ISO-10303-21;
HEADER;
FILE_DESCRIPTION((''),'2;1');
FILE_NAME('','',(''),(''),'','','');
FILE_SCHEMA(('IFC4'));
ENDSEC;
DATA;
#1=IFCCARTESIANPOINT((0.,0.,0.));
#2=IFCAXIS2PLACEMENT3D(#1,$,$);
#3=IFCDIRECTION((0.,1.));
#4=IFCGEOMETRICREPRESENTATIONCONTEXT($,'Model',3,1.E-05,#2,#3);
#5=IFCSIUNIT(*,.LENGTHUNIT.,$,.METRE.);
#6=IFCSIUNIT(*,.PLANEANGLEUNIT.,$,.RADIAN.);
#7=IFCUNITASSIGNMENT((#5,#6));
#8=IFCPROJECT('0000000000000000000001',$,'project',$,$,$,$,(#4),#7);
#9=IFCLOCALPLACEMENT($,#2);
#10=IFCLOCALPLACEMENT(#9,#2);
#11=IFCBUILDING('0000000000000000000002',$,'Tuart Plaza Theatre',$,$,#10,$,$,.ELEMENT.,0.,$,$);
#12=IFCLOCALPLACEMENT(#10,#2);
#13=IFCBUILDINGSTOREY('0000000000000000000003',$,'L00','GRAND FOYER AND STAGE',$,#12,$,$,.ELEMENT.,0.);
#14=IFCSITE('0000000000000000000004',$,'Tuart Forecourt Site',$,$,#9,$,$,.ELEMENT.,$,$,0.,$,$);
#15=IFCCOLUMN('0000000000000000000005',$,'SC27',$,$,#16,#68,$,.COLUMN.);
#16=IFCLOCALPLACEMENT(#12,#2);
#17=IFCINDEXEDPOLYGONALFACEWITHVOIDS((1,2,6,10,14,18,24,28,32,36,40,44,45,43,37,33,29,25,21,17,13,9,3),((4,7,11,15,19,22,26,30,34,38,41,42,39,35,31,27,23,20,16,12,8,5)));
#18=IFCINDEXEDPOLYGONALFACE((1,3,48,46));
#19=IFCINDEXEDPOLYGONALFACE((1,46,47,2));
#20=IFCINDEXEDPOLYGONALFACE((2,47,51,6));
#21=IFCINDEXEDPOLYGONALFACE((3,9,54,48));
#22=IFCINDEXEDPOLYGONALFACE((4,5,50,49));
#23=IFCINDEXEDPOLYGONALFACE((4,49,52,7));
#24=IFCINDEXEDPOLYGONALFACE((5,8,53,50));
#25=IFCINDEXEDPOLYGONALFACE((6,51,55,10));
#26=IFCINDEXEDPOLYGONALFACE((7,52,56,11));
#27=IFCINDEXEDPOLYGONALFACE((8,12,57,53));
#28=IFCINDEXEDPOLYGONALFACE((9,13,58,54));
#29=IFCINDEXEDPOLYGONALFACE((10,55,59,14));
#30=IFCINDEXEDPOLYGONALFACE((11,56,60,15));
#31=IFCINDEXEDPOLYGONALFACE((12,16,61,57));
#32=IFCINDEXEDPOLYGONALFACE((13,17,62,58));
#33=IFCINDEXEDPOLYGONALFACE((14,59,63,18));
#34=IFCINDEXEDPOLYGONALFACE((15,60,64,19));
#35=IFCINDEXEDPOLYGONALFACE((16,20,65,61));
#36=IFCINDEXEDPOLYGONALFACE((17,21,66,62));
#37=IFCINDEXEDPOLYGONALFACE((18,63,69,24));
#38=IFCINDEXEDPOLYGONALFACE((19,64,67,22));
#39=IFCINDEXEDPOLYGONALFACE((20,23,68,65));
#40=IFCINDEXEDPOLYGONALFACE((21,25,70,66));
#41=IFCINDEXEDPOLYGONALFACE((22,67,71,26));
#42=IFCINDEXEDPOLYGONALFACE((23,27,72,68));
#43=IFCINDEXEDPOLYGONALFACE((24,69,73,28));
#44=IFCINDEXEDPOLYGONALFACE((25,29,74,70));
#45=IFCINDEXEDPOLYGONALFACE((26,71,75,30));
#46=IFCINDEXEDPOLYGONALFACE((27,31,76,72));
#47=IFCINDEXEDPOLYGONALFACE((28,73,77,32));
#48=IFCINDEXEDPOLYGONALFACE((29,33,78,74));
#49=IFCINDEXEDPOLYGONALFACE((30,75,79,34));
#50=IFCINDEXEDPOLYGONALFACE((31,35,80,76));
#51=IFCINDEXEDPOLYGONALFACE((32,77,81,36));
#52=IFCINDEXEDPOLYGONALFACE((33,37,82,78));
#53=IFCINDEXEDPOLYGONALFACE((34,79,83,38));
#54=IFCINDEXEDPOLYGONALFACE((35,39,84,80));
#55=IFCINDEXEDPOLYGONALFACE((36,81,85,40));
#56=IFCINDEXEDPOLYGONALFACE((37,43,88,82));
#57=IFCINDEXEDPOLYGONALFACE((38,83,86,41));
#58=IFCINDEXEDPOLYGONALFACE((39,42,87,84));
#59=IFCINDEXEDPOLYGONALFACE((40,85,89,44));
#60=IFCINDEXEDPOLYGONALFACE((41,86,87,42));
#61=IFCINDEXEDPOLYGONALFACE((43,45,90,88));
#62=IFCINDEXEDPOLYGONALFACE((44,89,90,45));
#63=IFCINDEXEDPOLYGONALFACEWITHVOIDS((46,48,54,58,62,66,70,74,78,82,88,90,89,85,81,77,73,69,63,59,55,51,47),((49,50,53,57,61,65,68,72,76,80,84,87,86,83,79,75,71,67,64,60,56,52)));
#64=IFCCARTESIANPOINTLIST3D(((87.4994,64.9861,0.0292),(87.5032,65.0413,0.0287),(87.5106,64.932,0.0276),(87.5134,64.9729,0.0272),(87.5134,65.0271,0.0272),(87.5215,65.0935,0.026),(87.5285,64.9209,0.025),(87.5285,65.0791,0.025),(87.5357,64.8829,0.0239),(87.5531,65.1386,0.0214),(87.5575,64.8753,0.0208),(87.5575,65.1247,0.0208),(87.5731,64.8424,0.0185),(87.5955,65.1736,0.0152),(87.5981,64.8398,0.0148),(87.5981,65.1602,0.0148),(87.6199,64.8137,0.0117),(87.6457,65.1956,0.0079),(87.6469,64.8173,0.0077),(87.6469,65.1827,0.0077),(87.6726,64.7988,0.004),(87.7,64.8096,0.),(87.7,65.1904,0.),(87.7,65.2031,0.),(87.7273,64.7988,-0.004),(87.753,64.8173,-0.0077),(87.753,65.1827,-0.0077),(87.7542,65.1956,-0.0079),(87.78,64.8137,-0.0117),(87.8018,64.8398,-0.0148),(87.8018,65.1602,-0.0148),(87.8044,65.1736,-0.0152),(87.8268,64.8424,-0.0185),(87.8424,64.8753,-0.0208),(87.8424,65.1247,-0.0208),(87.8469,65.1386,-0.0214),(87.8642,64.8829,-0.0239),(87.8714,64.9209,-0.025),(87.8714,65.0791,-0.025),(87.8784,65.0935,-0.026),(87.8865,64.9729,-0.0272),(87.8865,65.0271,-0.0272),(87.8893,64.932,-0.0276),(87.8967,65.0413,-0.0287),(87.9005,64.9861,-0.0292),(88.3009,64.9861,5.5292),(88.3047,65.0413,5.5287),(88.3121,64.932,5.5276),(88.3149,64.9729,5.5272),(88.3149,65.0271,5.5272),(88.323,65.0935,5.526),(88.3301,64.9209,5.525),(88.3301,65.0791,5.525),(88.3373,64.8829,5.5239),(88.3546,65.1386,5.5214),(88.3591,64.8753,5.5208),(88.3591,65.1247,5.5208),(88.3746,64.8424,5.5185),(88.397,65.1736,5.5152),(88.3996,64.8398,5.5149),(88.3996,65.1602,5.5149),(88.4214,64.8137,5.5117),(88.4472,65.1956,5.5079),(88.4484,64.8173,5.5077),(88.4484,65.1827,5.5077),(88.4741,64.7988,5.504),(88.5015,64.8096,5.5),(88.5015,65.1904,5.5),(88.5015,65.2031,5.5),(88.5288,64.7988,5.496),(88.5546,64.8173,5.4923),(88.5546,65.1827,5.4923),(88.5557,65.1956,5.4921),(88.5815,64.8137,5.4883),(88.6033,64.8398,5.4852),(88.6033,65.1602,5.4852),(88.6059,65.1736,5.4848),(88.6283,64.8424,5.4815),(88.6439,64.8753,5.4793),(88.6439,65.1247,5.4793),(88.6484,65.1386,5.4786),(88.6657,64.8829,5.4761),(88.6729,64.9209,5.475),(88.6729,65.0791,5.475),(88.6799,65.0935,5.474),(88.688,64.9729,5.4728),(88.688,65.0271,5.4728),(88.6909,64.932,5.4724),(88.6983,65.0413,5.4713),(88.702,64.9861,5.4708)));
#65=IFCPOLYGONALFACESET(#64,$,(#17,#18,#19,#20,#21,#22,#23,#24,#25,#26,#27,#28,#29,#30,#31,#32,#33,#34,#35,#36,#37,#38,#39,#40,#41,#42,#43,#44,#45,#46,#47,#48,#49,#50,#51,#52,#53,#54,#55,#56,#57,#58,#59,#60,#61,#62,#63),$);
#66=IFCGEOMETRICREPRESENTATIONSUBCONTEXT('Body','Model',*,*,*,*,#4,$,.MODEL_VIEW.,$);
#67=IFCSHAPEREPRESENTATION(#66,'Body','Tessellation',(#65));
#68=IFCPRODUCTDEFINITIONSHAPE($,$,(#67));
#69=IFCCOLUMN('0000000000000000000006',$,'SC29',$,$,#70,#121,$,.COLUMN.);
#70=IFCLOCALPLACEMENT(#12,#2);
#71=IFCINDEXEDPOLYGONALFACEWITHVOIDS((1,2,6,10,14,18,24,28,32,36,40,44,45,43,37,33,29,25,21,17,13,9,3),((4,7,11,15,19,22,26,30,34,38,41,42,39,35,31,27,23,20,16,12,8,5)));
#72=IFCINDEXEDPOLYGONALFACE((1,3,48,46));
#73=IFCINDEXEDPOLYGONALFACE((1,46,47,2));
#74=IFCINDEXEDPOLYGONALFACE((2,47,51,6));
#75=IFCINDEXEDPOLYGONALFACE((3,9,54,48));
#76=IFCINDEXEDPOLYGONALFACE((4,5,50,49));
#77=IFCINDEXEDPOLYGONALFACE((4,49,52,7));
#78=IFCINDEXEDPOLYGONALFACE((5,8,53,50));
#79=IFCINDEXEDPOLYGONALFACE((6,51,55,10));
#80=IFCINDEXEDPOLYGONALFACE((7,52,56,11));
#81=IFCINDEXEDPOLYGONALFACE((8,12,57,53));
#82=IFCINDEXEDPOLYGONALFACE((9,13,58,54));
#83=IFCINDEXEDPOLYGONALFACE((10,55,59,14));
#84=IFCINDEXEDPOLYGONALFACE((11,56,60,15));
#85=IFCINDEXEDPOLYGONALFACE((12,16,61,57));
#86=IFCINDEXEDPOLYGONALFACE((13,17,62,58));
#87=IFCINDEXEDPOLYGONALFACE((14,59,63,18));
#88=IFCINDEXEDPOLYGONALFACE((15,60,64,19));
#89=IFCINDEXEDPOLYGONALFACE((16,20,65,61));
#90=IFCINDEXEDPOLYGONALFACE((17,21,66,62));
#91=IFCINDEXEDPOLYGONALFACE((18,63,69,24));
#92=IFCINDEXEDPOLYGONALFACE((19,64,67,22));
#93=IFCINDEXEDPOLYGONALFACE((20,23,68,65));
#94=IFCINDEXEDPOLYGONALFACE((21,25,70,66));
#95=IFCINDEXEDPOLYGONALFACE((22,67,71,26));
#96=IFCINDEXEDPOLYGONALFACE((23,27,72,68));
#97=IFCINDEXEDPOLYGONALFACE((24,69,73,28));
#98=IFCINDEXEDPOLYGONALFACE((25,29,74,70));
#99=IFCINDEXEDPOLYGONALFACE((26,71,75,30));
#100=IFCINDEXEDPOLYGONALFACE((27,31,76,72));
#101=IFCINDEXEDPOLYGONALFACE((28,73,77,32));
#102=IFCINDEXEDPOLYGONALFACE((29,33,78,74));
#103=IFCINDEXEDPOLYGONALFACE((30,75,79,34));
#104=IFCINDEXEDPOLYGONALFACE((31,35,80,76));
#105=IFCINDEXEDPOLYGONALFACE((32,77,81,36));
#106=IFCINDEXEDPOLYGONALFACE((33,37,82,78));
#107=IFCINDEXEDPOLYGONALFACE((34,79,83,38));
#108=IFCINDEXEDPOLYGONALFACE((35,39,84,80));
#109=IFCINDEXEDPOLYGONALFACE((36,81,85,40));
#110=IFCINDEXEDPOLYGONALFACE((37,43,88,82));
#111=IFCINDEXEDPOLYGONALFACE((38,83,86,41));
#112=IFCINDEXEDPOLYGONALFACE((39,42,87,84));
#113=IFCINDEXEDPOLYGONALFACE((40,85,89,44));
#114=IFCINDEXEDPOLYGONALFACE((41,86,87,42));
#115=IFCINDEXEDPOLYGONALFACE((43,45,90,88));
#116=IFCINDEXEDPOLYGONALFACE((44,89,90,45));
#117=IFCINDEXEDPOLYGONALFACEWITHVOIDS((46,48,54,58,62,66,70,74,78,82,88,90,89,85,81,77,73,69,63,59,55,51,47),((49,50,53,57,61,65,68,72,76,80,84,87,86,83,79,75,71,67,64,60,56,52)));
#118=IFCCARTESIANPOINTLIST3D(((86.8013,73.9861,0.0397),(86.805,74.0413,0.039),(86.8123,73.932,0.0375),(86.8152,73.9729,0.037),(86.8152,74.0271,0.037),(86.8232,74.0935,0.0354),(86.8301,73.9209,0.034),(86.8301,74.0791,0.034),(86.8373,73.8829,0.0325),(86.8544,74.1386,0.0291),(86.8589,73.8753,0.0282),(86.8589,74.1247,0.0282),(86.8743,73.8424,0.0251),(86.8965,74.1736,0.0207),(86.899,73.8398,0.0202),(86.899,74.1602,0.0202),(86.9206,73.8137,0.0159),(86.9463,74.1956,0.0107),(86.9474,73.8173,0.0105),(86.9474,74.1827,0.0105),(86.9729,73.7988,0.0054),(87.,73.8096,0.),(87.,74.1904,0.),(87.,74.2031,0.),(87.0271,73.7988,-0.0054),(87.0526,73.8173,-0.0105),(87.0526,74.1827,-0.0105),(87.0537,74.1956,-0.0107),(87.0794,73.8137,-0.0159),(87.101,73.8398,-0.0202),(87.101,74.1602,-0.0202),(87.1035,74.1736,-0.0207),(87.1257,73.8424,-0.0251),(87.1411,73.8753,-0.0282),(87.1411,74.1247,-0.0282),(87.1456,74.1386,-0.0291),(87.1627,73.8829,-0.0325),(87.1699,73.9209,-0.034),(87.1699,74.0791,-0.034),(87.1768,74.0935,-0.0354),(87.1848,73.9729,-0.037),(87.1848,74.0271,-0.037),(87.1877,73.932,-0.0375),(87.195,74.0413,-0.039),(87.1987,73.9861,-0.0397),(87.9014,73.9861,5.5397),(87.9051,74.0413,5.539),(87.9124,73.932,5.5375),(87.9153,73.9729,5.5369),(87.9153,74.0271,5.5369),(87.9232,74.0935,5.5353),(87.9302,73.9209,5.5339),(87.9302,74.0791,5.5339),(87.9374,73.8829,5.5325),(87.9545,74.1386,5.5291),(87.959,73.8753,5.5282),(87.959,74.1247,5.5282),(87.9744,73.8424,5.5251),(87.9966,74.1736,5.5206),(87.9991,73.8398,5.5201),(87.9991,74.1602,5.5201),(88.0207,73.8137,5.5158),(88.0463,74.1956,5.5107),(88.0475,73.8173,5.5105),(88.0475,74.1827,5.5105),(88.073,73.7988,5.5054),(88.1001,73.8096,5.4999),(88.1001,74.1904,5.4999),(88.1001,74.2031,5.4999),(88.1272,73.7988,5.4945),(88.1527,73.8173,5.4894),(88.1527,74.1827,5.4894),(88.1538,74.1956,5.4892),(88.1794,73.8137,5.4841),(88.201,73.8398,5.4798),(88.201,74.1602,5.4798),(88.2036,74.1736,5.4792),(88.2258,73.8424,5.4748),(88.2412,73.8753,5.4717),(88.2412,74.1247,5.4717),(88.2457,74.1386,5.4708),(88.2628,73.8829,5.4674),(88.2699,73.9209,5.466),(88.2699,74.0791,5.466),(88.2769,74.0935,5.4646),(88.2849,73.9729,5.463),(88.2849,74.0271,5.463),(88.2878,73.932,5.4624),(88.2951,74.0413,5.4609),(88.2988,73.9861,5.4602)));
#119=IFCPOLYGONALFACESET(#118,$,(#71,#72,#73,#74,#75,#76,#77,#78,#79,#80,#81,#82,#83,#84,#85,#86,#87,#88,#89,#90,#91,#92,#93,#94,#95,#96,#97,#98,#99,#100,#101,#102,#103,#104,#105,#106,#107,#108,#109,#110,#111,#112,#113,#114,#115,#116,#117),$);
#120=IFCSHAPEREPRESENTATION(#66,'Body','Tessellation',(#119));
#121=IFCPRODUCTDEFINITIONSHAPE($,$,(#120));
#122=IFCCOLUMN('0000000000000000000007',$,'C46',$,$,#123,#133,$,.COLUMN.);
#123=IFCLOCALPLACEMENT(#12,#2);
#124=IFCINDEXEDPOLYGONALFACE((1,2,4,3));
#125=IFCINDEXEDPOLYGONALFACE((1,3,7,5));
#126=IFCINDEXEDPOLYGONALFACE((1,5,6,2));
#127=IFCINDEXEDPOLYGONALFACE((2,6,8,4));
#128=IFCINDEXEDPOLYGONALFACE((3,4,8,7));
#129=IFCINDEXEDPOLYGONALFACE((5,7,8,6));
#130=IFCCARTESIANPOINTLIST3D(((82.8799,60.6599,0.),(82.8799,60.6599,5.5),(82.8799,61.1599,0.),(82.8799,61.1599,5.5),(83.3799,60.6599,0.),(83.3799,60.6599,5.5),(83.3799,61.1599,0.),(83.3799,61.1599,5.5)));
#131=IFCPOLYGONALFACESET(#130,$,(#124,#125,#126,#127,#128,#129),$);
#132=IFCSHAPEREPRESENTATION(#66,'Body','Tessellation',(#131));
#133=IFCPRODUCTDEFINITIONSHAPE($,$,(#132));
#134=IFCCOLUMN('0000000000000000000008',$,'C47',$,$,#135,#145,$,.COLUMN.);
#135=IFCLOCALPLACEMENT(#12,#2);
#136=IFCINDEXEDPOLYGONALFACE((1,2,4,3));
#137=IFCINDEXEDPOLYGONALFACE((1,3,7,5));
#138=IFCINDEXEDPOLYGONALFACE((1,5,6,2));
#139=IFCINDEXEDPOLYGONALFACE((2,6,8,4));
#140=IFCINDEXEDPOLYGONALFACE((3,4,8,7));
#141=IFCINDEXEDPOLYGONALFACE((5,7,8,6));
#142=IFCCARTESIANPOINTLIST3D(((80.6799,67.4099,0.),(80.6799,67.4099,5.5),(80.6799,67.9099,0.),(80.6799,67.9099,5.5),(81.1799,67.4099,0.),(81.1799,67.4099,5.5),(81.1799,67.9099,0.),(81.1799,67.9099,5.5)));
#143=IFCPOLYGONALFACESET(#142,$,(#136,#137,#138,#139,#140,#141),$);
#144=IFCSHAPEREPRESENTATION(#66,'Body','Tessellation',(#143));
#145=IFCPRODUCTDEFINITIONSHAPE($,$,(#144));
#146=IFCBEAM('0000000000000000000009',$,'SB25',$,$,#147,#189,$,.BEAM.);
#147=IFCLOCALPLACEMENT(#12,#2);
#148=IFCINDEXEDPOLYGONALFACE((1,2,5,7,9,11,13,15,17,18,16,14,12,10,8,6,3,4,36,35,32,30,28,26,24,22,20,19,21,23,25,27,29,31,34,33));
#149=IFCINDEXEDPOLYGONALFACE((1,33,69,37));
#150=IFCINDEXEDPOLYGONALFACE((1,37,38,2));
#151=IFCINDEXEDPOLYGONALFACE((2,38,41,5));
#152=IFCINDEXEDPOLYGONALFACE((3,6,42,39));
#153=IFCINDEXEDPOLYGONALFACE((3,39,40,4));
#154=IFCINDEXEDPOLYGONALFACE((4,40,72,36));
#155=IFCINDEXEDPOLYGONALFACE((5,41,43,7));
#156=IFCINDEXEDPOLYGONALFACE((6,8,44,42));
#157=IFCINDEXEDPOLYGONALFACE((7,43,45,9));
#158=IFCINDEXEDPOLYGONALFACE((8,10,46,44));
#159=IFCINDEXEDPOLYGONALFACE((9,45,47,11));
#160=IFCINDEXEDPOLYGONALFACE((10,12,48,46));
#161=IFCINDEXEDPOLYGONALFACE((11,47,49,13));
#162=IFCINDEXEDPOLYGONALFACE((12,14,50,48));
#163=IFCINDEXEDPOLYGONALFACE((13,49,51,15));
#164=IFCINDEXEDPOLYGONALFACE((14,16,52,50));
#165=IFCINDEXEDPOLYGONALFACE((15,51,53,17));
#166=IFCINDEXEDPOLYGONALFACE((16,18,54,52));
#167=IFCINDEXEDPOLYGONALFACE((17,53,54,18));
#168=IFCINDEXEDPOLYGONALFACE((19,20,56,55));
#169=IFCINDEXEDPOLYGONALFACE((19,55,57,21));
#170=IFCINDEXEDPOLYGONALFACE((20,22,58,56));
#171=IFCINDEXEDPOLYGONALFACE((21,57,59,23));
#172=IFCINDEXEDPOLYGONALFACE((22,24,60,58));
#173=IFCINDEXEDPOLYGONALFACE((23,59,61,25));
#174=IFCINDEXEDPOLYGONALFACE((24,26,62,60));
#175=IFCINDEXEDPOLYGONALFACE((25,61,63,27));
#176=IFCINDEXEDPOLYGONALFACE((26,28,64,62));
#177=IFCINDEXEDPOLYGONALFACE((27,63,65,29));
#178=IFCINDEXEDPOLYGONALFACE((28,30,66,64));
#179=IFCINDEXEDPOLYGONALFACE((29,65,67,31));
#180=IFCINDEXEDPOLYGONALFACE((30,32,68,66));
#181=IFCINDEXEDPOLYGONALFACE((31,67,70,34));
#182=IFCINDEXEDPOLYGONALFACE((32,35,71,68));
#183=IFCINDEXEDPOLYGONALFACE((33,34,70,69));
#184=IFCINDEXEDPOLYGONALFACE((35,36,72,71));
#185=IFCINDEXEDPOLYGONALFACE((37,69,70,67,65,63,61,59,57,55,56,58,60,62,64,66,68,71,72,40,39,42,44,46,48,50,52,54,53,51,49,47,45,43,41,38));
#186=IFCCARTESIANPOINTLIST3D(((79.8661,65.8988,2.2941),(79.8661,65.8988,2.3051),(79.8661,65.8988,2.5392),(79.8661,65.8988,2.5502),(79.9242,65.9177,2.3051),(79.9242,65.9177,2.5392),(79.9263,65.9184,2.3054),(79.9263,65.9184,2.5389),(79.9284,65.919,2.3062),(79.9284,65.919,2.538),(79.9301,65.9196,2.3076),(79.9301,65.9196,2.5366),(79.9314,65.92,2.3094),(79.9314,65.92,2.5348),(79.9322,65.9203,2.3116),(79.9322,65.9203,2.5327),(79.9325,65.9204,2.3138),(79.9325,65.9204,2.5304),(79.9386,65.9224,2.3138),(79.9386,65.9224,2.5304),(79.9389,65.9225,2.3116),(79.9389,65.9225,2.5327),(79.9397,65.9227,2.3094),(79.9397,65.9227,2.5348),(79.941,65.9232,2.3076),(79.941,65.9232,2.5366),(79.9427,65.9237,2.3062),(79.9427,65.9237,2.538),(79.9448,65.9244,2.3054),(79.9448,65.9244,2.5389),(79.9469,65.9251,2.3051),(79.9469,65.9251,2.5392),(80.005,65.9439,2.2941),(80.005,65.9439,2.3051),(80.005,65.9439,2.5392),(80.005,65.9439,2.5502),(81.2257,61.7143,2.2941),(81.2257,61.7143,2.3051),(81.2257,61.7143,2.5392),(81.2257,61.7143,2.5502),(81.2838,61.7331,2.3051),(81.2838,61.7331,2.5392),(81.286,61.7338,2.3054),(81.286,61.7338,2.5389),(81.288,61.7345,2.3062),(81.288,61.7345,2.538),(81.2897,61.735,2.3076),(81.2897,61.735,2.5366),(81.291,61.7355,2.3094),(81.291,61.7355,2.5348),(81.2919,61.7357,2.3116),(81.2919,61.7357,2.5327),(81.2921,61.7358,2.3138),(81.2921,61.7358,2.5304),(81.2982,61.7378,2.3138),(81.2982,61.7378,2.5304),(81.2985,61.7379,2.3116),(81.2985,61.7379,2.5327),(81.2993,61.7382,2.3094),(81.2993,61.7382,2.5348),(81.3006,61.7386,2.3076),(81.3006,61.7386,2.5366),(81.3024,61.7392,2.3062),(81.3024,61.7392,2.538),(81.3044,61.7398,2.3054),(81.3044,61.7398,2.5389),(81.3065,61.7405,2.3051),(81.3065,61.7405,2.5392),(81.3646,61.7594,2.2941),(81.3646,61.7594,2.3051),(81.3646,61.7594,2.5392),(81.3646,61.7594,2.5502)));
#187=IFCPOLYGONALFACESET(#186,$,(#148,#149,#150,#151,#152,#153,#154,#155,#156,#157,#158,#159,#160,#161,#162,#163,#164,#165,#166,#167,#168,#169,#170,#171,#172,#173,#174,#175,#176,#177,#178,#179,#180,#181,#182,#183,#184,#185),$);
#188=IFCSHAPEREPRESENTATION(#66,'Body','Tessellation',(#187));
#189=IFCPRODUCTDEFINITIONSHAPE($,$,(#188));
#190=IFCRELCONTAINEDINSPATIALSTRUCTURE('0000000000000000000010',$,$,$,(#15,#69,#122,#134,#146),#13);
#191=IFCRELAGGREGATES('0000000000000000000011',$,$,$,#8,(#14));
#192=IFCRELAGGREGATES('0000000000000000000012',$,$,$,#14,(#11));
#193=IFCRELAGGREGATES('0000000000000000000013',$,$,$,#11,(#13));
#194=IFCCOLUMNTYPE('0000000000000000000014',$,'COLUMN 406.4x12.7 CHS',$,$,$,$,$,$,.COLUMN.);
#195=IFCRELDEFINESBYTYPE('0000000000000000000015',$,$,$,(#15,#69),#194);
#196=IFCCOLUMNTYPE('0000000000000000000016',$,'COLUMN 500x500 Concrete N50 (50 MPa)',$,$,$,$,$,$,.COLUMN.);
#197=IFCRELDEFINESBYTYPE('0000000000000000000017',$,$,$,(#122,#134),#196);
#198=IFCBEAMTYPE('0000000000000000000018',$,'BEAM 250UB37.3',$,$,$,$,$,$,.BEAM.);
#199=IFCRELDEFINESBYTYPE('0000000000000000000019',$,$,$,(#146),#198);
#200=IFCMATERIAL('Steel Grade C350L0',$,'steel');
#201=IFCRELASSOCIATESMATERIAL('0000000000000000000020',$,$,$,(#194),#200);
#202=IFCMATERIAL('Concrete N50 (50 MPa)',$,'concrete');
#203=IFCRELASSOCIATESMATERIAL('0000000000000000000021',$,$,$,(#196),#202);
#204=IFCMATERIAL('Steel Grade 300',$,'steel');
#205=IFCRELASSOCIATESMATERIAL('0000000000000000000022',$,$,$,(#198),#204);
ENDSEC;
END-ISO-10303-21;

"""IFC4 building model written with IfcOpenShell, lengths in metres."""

from ifc_helpers import new_model, si_unit, direction, frame, origin, origin_2d, place, context, subcontext, project, spatial, rectangle, hollow_circle, i_section, extrude, material, material_profile, profile_set, type_object, element, save


model = new_model("IFC4")

# Units and contexts
model_context = context("Model", 3, precision=1e-05, world=origin(), true_north=direction((0.0, 1.0)))
body_context = subcontext(model_context, "Body", "Model", "MODEL_VIEW")
ifc_project = project(units=[si_unit("LENGTHUNIT", "METRE"), si_unit("PLANEANGLEUNIT", "RADIAN")], contexts=[model_context])

# Site, building, storey
site_placement = place(None, origin())
site = spatial("IfcSite", under=ifc_project, at=site_placement, Name="Tuart Forecourt Site", CompositionType="ELEMENT", RefElevation=0.0)
building_placement = place(site_placement, origin())
building = spatial("IfcBuilding", under=site, at=building_placement, Name="Tuart Plaza Theatre", CompositionType="ELEMENT", ElevationOfRefHeight=0.0)
storey_placement = place(building_placement, origin())
storey = spatial("IfcBuildingStorey", under=building, at=storey_placement, Name="L00", Description="GRAND FOYER AND STAGE", CompositionType="ELEMENT", Elevation=0.0)

# Columns
ifc_material_1 = material(Name="Steel Grade C350L0", Category="steel")
ifc_material_profile_1 = material_profile(ifc_material_1, hollow_circle(Radius=0.2031, WallThickness=0.0127, at=origin_2d()), Name="406.4x12.7 CHS")
ifc_profile_set_1 = profile_set([ifc_material_profile_1], Name="Steel Grade C350L0")
column_type_1 = type_object("IfcColumnType", Name="COLUMN 406.4x12.7 CHS", PredefinedType="COLUMN", material=ifc_profile_set_1)
column_1_placement = place(storey_placement, frame((87.7, 65.0, 0.0), z_axis=(0.144207, 0.0, 0.989548), x_axis=(0.0, 1.0, 0.0)))
element("IfcColumn", 1, at=column_1_placement, inside=storey, type_object=column_type_1, Name="SC27", PredefinedType="COLUMN", context=body_context, shape_type="SweptSolid", body=[
    extrude(hollow_circle(Radius=0.2031, WallThickness=0.0127, at=origin_2d()), origin(), (0.0, 0.0, 1.0), 5.5581),
])
column_2_placement = place(storey_placement, frame((87.0, 74.0, 0.0), z_axis=(0.196133, 0.0, 0.980577), x_axis=(0.0, 1.0, 0.0)))
element("IfcColumn", 2, at=column_2_placement, inside=storey, type_object=column_type_1, Name="SC29", PredefinedType="COLUMN", context=body_context, shape_type="SweptSolid", body=[
    extrude(hollow_circle(Radius=0.2031, WallThickness=0.0127, at=origin_2d()), origin(), (0.0, 0.0, 1.0), 5.6089),
])
ifc_material_2 = material(Name="Concrete N50 (50 MPa)", Category="concrete")
ifc_material_profile_2 = material_profile(ifc_material_2, rectangle(XDim=0.5, YDim=0.5, at=origin_2d()), Name="COLUMN 500x500 Concrete N50 (50 MPa)")
ifc_profile_set_2 = profile_set([ifc_material_profile_2], Name="Concrete N50 (50 MPa)")
column_type_2 = type_object("IfcColumnType", Name="COLUMN 500x500 Concrete N50 (50 MPa)", PredefinedType="COLUMN", material=ifc_profile_set_2)
for number, where, z_axis, x_axis, name in (
    (3, (83.1299, 60.9099, 0.0), (0.0, 0.0, 1.0), (1.0, 0.0, 0.0), "C46"),
    (4, (80.9299, 67.6599, 0.0), (0.0, 0.0, 1.0), (1.0, 0.0, 0.0), "C47"),
):
    element("IfcColumn", number, at=place(storey_placement, frame(where, z_axis=z_axis, x_axis=x_axis)), inside=storey, type_object=column_type_2, Name=name, PredefinedType="COLUMN", context=body_context, shape_type="SweptSolid", body=[
        extrude(rectangle(XDim=0.5, YDim=0.5, at=origin_2d()), origin(), (0.0, 0.0, 1.0), 5.5),
    ])

# Beam
ifc_material_3 = material(Name="Steel Grade 300", Category="steel")
ifc_material_profile_3 = material_profile(ifc_material_3, i_section(OverallWidth=0.146, OverallDepth=0.2561, WebThickness=0.0063, FlangeThickness=0.011, FilletRadius=0.0088, at=origin_2d()), Name="250UB37.3")
ifc_profile_set_3 = profile_set([ifc_material_profile_3], Name="Steel Grade 300")
beam_type = type_object("IfcBeamType", Name="BEAM 250UB37.3", PredefinedType="BEAM", material=ifc_profile_set_3)
beam_1_placement = place(storey_placement, frame((81.2952, 61.7368, 2.4221), z_axis=(-0.309011, 0.951059, 0.0), x_axis=(-0.951059, -0.309011, 0.0)))
element("IfcBeam", 5, at=beam_1_placement, inside=storey, type_object=beam_type, Name="SB25", PredefinedType="BEAM", context=body_context, shape_type="SweptSolid", body=[
    extrude(i_section(OverallWidth=0.146, OverallDepth=0.2561, WebThickness=0.0063, FlangeThickness=0.011, FilletRadius=0.0088, at=origin_2d()), origin(), (0.0, 0.0, 1.0), 4.3999),
])

save(model, "model.ifc")
